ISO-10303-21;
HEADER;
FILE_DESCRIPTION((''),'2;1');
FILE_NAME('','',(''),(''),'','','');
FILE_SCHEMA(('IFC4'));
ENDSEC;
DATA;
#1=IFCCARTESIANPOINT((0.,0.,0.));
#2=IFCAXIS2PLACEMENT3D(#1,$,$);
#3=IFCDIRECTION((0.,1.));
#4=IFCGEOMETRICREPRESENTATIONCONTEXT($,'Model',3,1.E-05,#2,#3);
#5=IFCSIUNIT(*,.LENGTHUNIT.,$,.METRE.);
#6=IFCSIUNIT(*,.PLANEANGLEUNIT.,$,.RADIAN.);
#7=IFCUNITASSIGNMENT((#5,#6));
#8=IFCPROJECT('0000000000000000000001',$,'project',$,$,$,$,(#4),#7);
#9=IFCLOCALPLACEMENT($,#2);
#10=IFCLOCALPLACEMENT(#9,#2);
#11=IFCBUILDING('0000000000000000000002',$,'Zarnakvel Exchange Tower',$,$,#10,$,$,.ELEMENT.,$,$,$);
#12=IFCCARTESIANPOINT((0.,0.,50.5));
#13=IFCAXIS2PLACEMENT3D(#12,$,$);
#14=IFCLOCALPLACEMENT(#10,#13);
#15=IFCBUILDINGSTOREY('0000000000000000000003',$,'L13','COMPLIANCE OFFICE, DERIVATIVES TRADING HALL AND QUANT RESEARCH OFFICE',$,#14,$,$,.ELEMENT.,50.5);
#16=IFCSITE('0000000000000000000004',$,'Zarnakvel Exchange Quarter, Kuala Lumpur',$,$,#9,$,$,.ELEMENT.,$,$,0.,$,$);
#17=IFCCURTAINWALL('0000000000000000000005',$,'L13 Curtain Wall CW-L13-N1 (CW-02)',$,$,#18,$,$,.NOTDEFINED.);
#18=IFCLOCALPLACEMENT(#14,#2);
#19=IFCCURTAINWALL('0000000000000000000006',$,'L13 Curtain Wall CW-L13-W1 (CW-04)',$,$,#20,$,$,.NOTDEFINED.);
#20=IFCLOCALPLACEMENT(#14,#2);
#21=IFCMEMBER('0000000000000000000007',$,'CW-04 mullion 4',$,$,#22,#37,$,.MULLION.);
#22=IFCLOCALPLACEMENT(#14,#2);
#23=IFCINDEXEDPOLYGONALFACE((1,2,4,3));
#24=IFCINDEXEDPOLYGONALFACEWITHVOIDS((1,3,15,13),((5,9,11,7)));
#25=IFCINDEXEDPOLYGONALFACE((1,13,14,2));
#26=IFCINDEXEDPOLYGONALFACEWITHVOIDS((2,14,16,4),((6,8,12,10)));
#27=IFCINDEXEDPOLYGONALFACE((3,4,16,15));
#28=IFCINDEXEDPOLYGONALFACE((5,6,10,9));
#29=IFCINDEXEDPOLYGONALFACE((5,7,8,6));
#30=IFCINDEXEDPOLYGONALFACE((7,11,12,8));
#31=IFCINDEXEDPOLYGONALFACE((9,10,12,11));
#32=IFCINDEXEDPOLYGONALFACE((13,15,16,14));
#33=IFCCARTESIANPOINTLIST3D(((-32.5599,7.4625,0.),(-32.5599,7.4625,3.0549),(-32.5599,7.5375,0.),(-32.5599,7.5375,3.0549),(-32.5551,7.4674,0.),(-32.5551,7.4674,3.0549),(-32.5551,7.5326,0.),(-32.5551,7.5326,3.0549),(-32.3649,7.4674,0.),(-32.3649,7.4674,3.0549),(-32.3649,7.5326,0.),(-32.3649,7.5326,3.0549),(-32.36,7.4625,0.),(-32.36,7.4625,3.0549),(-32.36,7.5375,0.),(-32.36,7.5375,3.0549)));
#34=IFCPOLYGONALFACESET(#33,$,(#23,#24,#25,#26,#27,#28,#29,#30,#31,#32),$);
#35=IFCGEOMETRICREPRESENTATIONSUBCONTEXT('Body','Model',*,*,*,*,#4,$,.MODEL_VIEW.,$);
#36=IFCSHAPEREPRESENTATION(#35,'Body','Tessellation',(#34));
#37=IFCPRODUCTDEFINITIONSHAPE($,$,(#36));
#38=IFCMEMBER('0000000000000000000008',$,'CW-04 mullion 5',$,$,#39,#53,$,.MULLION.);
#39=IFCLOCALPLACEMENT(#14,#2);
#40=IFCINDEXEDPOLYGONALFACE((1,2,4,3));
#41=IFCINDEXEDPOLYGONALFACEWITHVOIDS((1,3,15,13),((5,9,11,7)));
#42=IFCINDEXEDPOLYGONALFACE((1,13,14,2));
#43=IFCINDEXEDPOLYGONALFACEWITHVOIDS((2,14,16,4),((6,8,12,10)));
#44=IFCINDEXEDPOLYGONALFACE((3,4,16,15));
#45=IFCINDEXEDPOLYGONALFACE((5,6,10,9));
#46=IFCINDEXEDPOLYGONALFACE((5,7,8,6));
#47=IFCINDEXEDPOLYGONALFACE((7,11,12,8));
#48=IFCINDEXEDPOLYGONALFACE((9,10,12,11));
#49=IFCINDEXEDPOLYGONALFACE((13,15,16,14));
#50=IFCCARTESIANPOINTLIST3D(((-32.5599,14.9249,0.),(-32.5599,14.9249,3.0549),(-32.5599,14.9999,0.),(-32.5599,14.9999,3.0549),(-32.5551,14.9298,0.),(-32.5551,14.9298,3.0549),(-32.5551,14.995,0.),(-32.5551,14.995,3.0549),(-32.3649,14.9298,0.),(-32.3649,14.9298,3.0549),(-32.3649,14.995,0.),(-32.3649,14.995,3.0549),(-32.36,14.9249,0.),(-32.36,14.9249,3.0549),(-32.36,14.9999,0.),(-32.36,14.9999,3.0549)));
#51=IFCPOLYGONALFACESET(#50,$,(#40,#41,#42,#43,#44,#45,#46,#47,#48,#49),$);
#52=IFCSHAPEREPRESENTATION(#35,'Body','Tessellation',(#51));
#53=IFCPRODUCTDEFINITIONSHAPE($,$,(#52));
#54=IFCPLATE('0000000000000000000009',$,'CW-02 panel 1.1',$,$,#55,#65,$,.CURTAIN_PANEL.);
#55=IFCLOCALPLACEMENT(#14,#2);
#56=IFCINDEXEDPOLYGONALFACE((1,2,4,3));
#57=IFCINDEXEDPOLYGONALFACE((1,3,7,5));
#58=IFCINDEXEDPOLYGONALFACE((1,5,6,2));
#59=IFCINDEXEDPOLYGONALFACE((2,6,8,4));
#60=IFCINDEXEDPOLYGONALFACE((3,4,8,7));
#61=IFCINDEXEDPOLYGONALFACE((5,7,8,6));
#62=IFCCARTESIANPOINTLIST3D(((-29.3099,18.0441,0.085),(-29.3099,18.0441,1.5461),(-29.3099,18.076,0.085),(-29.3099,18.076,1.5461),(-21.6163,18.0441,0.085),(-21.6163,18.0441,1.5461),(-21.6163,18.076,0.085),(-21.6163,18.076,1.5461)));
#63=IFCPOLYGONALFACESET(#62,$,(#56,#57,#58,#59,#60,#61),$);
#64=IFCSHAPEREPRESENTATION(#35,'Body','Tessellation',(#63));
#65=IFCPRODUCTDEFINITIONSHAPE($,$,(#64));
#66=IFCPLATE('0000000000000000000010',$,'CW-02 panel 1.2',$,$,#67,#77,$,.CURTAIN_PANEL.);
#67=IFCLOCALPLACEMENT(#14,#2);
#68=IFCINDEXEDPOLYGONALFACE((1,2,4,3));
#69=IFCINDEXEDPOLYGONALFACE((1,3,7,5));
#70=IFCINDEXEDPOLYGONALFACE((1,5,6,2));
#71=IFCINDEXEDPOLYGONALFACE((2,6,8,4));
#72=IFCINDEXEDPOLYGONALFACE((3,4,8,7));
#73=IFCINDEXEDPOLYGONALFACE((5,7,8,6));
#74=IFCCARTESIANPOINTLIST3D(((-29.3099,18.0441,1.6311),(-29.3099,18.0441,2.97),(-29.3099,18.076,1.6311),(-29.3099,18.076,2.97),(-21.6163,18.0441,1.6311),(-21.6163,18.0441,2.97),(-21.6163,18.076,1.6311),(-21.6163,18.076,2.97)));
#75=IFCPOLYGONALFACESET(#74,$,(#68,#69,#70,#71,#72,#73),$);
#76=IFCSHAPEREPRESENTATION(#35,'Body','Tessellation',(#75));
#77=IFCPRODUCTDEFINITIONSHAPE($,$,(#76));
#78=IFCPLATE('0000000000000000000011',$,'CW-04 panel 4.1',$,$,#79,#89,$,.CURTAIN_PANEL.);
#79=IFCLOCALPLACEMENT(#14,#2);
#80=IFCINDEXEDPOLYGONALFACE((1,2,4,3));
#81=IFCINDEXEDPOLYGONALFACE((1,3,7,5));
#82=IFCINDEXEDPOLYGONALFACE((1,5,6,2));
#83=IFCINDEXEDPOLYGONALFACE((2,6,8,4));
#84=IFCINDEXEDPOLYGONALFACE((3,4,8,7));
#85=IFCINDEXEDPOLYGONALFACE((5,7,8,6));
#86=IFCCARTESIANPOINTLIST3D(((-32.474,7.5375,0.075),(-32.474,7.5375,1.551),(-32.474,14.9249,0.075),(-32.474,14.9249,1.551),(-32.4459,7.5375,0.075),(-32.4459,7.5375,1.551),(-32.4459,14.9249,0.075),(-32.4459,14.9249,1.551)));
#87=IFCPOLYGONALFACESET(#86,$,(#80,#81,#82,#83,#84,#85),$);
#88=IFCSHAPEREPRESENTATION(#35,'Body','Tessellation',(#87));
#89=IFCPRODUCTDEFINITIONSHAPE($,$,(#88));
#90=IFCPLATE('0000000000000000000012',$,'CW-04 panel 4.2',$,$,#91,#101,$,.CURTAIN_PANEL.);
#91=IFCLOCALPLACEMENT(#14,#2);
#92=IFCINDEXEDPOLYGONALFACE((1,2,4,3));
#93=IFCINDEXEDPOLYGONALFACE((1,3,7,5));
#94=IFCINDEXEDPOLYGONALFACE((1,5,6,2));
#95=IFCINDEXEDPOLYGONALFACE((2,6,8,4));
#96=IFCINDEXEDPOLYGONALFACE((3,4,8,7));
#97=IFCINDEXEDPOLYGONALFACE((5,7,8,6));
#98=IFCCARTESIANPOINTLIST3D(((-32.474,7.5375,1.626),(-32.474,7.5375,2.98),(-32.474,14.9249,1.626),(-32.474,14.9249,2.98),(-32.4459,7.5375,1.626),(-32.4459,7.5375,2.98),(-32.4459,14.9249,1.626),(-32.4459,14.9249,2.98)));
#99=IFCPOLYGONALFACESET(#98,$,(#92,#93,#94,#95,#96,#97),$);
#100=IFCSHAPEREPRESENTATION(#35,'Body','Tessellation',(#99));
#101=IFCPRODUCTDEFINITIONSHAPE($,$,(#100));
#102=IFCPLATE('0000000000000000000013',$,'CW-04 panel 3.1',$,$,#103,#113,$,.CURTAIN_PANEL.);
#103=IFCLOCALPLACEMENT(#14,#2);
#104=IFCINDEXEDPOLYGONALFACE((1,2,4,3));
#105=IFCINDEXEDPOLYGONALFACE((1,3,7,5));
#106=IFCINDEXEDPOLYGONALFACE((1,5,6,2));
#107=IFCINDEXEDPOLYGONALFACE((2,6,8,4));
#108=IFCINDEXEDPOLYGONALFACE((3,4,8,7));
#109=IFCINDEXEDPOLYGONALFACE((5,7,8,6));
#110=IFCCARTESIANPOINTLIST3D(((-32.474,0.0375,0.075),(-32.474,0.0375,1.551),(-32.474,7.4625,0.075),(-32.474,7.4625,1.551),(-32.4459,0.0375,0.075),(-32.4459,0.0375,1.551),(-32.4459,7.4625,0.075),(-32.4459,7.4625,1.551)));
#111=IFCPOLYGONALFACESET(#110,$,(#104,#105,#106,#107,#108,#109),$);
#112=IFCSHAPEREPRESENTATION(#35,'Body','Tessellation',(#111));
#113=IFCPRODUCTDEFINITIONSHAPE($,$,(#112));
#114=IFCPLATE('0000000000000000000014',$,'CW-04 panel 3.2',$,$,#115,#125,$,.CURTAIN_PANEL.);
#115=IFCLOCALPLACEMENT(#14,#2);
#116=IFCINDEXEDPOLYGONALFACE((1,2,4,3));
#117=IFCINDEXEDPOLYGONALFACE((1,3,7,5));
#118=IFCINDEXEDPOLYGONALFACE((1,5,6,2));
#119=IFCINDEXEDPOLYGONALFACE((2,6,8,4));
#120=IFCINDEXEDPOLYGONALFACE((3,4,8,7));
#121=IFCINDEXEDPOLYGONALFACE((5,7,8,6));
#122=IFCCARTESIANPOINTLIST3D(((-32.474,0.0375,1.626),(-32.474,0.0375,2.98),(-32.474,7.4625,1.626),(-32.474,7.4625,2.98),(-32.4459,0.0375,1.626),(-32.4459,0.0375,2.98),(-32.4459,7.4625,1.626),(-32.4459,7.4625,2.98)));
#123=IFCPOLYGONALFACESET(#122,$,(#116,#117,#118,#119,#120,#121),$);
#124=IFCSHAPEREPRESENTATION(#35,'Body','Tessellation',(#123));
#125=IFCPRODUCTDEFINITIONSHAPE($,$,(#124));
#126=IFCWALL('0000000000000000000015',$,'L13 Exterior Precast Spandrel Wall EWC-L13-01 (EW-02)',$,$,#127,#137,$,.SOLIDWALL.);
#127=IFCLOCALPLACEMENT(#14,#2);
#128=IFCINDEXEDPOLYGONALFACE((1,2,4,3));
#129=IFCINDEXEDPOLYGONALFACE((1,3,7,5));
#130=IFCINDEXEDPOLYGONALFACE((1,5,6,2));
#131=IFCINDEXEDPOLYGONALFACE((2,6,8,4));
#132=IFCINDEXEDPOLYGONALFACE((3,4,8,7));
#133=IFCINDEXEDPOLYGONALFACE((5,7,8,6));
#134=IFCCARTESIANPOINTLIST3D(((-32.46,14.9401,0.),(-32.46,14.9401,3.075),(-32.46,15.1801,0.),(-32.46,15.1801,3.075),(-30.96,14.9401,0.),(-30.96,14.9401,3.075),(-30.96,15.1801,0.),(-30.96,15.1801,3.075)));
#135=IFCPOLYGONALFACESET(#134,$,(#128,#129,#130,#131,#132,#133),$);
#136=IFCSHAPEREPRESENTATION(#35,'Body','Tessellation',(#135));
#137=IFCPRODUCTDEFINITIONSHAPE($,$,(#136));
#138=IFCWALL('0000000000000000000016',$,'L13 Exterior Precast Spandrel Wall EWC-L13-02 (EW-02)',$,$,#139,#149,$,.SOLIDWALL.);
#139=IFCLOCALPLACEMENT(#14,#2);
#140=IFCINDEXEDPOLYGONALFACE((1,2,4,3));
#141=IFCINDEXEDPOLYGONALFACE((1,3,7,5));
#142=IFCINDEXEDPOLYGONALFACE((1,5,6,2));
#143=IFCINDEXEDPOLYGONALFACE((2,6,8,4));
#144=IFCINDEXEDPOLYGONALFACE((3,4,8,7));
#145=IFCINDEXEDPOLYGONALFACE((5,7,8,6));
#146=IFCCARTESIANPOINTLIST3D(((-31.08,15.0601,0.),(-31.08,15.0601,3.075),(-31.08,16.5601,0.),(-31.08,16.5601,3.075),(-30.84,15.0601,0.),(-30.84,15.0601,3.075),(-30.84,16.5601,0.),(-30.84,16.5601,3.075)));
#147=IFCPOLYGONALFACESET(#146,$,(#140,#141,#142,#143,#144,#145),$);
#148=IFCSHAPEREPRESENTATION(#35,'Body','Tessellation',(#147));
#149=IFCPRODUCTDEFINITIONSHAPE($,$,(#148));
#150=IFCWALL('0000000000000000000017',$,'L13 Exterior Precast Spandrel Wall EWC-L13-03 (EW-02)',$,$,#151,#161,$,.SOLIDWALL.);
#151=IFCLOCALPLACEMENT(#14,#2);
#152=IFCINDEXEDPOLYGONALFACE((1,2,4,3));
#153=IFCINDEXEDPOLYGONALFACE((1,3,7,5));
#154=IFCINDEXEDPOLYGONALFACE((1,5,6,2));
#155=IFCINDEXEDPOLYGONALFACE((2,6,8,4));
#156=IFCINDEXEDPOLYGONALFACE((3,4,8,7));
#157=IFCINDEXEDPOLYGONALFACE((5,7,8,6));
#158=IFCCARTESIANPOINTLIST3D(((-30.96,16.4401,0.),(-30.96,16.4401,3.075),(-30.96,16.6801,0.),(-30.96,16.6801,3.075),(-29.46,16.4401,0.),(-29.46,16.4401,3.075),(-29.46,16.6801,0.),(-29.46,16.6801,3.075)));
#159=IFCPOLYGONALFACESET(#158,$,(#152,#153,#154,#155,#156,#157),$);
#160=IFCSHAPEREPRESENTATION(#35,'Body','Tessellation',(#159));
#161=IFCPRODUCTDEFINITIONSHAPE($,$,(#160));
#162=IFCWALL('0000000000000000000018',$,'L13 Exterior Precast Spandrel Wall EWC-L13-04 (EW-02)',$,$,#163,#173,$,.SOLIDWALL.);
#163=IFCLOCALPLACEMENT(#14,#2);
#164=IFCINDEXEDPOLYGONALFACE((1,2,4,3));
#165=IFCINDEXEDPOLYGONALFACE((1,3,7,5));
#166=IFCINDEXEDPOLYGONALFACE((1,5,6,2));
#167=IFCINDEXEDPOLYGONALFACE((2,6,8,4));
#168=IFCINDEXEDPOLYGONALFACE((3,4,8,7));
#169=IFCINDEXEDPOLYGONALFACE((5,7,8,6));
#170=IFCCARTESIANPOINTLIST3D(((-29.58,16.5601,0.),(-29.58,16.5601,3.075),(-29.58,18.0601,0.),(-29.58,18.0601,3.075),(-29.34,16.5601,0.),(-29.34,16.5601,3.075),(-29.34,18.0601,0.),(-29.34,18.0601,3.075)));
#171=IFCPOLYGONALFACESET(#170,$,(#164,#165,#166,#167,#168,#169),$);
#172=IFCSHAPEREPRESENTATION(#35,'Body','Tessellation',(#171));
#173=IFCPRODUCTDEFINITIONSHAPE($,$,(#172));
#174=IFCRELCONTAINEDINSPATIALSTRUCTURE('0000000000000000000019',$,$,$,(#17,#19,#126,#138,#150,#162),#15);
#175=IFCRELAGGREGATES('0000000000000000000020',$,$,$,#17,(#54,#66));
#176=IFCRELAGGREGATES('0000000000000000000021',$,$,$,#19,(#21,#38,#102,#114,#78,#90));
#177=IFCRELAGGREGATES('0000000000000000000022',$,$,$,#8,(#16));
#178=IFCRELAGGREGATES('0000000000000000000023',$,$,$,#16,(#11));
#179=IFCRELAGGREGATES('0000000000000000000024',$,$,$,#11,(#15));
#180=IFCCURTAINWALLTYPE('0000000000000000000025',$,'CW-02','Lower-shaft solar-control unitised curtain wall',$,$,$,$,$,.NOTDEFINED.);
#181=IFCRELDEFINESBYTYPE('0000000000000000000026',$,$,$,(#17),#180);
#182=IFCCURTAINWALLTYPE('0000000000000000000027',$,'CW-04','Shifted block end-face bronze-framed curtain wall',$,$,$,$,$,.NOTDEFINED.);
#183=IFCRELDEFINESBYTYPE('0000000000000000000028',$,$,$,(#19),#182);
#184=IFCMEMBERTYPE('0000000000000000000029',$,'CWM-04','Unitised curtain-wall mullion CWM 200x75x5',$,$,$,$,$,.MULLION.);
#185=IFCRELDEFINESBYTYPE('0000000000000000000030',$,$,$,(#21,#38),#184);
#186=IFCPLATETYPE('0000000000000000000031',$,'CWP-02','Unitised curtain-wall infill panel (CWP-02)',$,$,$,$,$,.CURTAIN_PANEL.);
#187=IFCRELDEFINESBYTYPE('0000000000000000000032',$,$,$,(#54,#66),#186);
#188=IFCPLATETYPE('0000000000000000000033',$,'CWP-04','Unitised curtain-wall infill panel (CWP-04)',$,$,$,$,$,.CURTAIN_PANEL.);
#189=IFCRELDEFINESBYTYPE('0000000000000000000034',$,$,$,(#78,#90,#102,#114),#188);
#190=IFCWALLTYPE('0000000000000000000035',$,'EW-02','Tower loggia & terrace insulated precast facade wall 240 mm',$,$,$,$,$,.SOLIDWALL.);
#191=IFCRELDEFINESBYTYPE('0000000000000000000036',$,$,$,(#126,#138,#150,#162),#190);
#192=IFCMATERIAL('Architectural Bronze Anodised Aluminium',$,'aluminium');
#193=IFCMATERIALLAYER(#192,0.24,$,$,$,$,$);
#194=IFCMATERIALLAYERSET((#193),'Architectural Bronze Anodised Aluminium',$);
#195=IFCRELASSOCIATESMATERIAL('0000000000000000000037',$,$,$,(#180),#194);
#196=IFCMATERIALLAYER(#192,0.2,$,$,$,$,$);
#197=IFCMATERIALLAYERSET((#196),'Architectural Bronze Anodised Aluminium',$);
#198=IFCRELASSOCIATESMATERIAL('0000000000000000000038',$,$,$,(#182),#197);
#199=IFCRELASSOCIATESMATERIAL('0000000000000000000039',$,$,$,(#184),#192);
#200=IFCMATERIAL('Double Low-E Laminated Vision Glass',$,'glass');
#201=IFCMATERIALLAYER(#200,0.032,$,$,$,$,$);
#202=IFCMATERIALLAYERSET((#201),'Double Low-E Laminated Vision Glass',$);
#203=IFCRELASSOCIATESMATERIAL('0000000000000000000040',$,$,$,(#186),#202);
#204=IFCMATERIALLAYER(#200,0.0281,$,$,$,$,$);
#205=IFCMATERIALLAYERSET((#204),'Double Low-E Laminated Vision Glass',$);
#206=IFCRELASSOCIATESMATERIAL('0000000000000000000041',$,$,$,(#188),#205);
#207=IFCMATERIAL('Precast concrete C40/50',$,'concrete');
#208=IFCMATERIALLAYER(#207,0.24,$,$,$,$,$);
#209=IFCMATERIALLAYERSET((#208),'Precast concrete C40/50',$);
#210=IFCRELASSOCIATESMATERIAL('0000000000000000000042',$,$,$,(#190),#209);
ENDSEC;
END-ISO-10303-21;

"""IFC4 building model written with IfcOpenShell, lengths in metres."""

from ifc_helpers import new_model, si_unit, direction, frame, frame_2d, origin, origin_2d, place, context, subcontext, project, spatial, rectangle, hollow_rectangle, extrude, source, transform, mapped, material, layer, layer_set, material_profile, profile_set, type_object, element, aggregate, save


model = new_model("IFC4")

# Units and contexts
model_context = context("Model", 3, precision=1e-05, world=origin(), true_north=direction((0.0, 1.0)))
body_context = subcontext(model_context, "Body", "Model", "MODEL_VIEW")
ifc_project = project(units=[si_unit("LENGTHUNIT", "METRE"), si_unit("PLANEANGLEUNIT", "RADIAN")], contexts=[model_context])

# Site, building, storey
site_placement = place(None, origin())
site = spatial("IfcSite", under=ifc_project, at=site_placement, Name="Zarnakvel Exchange Quarter, Kuala Lumpur", CompositionType="ELEMENT", RefElevation=0.0)
building_placement = place(site_placement, origin())
building = spatial("IfcBuilding", under=site, at=building_placement, Name="Zarnakvel Exchange Tower", CompositionType="ELEMENT")
storey_placement = place(building_placement, frame((0.0, 0.0, 50.5)))
storey = spatial("IfcBuildingStorey", under=building, at=storey_placement, Name="L13", Description="COMPLIANCE OFFICE, DERIVATIVES TRADING HALL AND QUANT RESEARCH OFFICE", CompositionType="ELEMENT", Elevation=50.5)

# Curtain walls
ifc_material_1 = material(Name="Architectural Bronze Anodised Aluminium", Category="aluminium")
ifc_layer_1 = layer(ifc_material_1, 0.24)
ifc_layer_set_1 = layer_set([ifc_layer_1], Name="Architectural Bronze Anodised Aluminium")
curtain_wall_type_1 = type_object("IfcCurtainWallType", Name="CW-02", Description="Lower-shaft solar-control unitised curtain wall", PredefinedType="NOTDEFINED", material=ifc_layer_set_1)
curtain_wall_1_placement = place(storey_placement, origin())
curtain_wall_1 = element("IfcCurtainWall", 1, at=curtain_wall_1_placement, inside=storey, type_object=curtain_wall_type_1, Name="L13 Curtain Wall CW-L13-N1 (CW-02)", PredefinedType="NOTDEFINED")
ifc_layer_2 = layer(ifc_material_1, 0.2)
ifc_layer_set_2 = layer_set([ifc_layer_2], Name="Architectural Bronze Anodised Aluminium")
curtain_wall_type_2 = type_object("IfcCurtainWallType", Name="CW-04", Description="Shifted block end-face bronze-framed curtain wall", PredefinedType="NOTDEFINED", material=ifc_layer_set_2)
curtain_wall_2_placement = place(storey_placement, origin())
curtain_wall_2 = element("IfcCurtainWall", 2, at=curtain_wall_2_placement, inside=storey, type_object=curtain_wall_type_2, Name="L13 Curtain Wall CW-L13-W1 (CW-04)", PredefinedType="NOTDEFINED")

# Members
ifc_material_profile_1 = material_profile(ifc_material_1, hollow_rectangle(XDim=0.2, YDim=0.075, WallThickness=0.0049, at=origin_2d()))
ifc_profile_set_1 = profile_set([ifc_material_profile_1], Name="Architectural Bronze Anodised Aluminium")
member_type_1 = type_object("IfcMemberType", Name="CWM-04", Description="Unitised curtain-wall mullion CWM 200x75x5", PredefinedType="MULLION", material=ifc_profile_set_1)
shared_shape_1 = source(origin(), body_context, "Body", "SweptSolid", [
    extrude(hollow_rectangle(XDim=0.2, YDim=0.075, WallThickness=0.0049, at=origin_2d()), origin(), (0.0, 0.0, 1.0), 3.0549),
])
member_1_placement = place(storey_placement, frame((-32.46, 7.5, 0.0), z_axis=(0.0, 0.0, 1.0), x_axis=(-1.0, 0.0, 0.0)))
member_1 = element("IfcMember", 3, at=member_1_placement, type_object=member_type_1, Name="CW-04 mullion 4", PredefinedType="MULLION", context=body_context, shape_type="MappedRepresentation", body=[
    mapped(shared_shape_1, transform((0.0, 0.0, 0.0), x_axis=(1.0, 0.0, 0.0), y_axis=(0.0, 1.0, 0.0), z_axis=(0.0, 0.0, 1.0), scale=1.0)),
])
member_2_placement = place(storey_placement, frame((-32.46, 14.9624, 0.0), z_axis=(0.0, 0.0, 1.0), x_axis=(-1.0, 0.0, 0.0)))
member_2 = element("IfcMember", 4, at=member_2_placement, type_object=member_type_1, Name="CW-04 mullion 5", PredefinedType="MULLION", context=body_context, shape_type="MappedRepresentation", body=[
    mapped(shared_shape_1, transform((0.0, 0.0, 0.0), x_axis=(1.0, 0.0, 0.0), y_axis=(0.0, 1.0, 0.0), z_axis=(0.0, 0.0, 1.0), scale=1.0)),
])

# Plates
ifc_material_2 = material(Name="Double Low-E Laminated Vision Glass", Category="glass")
ifc_layer_3 = layer(ifc_material_2, 0.032)
ifc_layer_set_3 = layer_set([ifc_layer_3], Name="Double Low-E Laminated Vision Glass")
plate_type_1 = type_object("IfcPlateType", Name="CWP-02", Description="Unitised curtain-wall infill panel (CWP-02)", PredefinedType="CURTAIN_PANEL", material=ifc_layer_set_3)
shared_shape_2 = source(origin(), body_context, "Body", "SweptSolid", [
    extrude(rectangle(XDim=7.6936, YDim=0.032, at=origin_2d()), origin(), (0.0, 0.0, 1.0), 1.4612),
])
plate_1_placement = place(storey_placement, frame((-25.4631, 18.0601, 0.085), z_axis=(0.0, 0.0, 1.0), x_axis=(1.0, 0.0, 0.0)))
plate_1 = element("IfcPlate", 5, at=plate_1_placement, type_object=plate_type_1, Name="CW-02 panel 1.1", PredefinedType="CURTAIN_PANEL", context=body_context, shape_type="MappedRepresentation", body=[
    mapped(shared_shape_2, transform((0.0, 0.0, 0.0), x_axis=(1.0, 0.0, 0.0), y_axis=(0.0, 1.0, 0.0), z_axis=(0.0, 0.0, 1.0), scale=1.0)),
])
shared_shape_3 = source(origin(), body_context, "Body", "SweptSolid", [
    extrude(rectangle(XDim=7.6936, YDim=0.032, at=origin_2d()), origin(), (0.0, 0.0, 1.0), 1.3389),
])
plate_2_placement = place(storey_placement, frame((-25.4631, 18.0601, 1.6311), z_axis=(0.0, 0.0, 1.0), x_axis=(1.0, 0.0, 0.0)))
plate_2 = element("IfcPlate", 6, at=plate_2_placement, type_object=plate_type_1, Name="CW-02 panel 1.2", PredefinedType="CURTAIN_PANEL", context=body_context, shape_type="MappedRepresentation", body=[
    mapped(shared_shape_3, transform((0.0, 0.0, 0.0), x_axis=(1.0, 0.0, 0.0), y_axis=(0.0, 1.0, 0.0), z_axis=(0.0, 0.0, 1.0), scale=1.0)),
])
aggregate(curtain_wall_1, [plate_1, plate_2])
ifc_layer_4 = layer(ifc_material_2, 0.0281)
ifc_layer_set_4 = layer_set([ifc_layer_4], Name="Double Low-E Laminated Vision Glass")
plate_type_2 = type_object("IfcPlateType", Name="CWP-04", Description="Unitised curtain-wall infill panel (CWP-04)", PredefinedType="CURTAIN_PANEL", material=ifc_layer_set_4)
shared_shape_4 = source(origin(), body_context, "Body", "SweptSolid", [
    extrude(rectangle(XDim=7.3875, YDim=0.0281, at=origin_2d()), origin(), (0.0, 0.0, 1.0), 1.4761),
])
plate_3_placement = place(storey_placement, frame((-32.46, 11.2312, 0.075), z_axis=(0.0, 0.0, 1.0), x_axis=(0.0, 1.0, 0.0)))
plate_3 = element("IfcPlate", 7, at=plate_3_placement, type_object=plate_type_2, Name="CW-04 panel 4.1", PredefinedType="CURTAIN_PANEL", context=body_context, shape_type="MappedRepresentation", body=[
    mapped(shared_shape_4, transform((0.0, 0.0, 0.0), x_axis=(1.0, 0.0, 0.0), y_axis=(0.0, 1.0, 0.0), z_axis=(0.0, 0.0, 1.0), scale=1.0)),
])
shared_shape_5 = source(origin(), body_context, "Body", "SweptSolid", [
    extrude(rectangle(XDim=7.3875, YDim=0.0281, at=origin_2d()), origin(), (0.0, 0.0, 1.0), 1.354),
])
plate_4_placement = place(storey_placement, frame((-32.46, 11.2312, 1.626), z_axis=(0.0, 0.0, 1.0), x_axis=(0.0, 1.0, 0.0)))
plate_4 = element("IfcPlate", 8, at=plate_4_placement, type_object=plate_type_2, Name="CW-04 panel 4.2", PredefinedType="CURTAIN_PANEL", context=body_context, shape_type="MappedRepresentation", body=[
    mapped(shared_shape_5, transform((0.0, 0.0, 0.0), x_axis=(1.0, 0.0, 0.0), y_axis=(0.0, 1.0, 0.0), z_axis=(0.0, 0.0, 1.0), scale=1.0)),
])
shared_shape_6 = source(origin(), body_context, "Body", "SweptSolid", [
    extrude(rectangle(XDim=7.425, YDim=0.0281, at=origin_2d()), origin(), (0.0, 0.0, 1.0), 1.4761),
])
plate_5_placement = place(storey_placement, frame((-32.46, 3.75, 0.075), z_axis=(0.0, 0.0, 1.0), x_axis=(0.0, 1.0, 0.0)))
plate_5 = element("IfcPlate", 9, at=plate_5_placement, type_object=plate_type_2, Name="CW-04 panel 3.1", PredefinedType="CURTAIN_PANEL", context=body_context, shape_type="MappedRepresentation", body=[
    mapped(shared_shape_6, transform((0.0, 0.0, 0.0), x_axis=(1.0, 0.0, 0.0), y_axis=(0.0, 1.0, 0.0), z_axis=(0.0, 0.0, 1.0), scale=1.0)),
])
shared_shape_7 = source(origin(), body_context, "Body", "SweptSolid", [
    extrude(rectangle(XDim=7.425, YDim=0.0281, at=origin_2d()), origin(), (0.0, 0.0, 1.0), 1.354),
])
plate_6_placement = place(storey_placement, frame((-32.46, 3.75, 1.626), z_axis=(0.0, 0.0, 1.0), x_axis=(0.0, 1.0, 0.0)))
plate_6 = element("IfcPlate", 10, at=plate_6_placement, type_object=plate_type_2, Name="CW-04 panel 3.2", PredefinedType="CURTAIN_PANEL", context=body_context, shape_type="MappedRepresentation", body=[
    mapped(shared_shape_7, transform((0.0, 0.0, 0.0), x_axis=(1.0, 0.0, 0.0), y_axis=(0.0, 1.0, 0.0), z_axis=(0.0, 0.0, 1.0), scale=1.0)),
])
aggregate(curtain_wall_2, [member_1, member_2, plate_5, plate_6, plate_3, plate_4])

# Walls
ifc_material_3 = material(Name="Precast concrete C40/50", Category="concrete")
ifc_layer_5 = layer(ifc_material_3, 0.24)
ifc_layer_set_5 = layer_set([ifc_layer_5], Name="Precast concrete C40/50")
wall_type_1 = type_object("IfcWallType", Name="EW-02", Description="Tower loggia & terrace insulated precast facade wall 240 mm", PredefinedType="SOLIDWALL", material=ifc_layer_set_5)
for number, where, z_axis, x_axis, name in (
    (11, (-30.96, 15.0601, 0.0), (0.0, 0.0, 1.0), (-1.0, 0.0, 0.0), "L13 Exterior Precast Spandrel Wall EWC-L13-01 (EW-02)"),
    (12, (-30.96, 16.5601, 0.0), (0.0, 0.0, 1.0), (0.0, -1.0, 0.0), "L13 Exterior Precast Spandrel Wall EWC-L13-02 (EW-02)"),
    (13, (-29.46, 16.5601, 0.0), (0.0, 0.0, 1.0), (-1.0, 0.0, 0.0), "L13 Exterior Precast Spandrel Wall EWC-L13-03 (EW-02)"),
    (14, (-29.46, 18.0601, 0.0), (0.0, 0.0, 1.0), (0.0, -1.0, 0.0), "L13 Exterior Precast Spandrel Wall EWC-L13-04 (EW-02)"),
):
    element("IfcWall", number, at=place(storey_placement, frame(where, z_axis=z_axis, x_axis=x_axis)), inside=storey, type_object=wall_type_1, Name=name, PredefinedType="SOLIDWALL", context=body_context, shape_type="SweptSolid", body=[
        extrude(rectangle(XDim=1.5, YDim=0.24, at=frame_2d((0.75, 0.0))), origin(), (0.0, 0.0, 1.0), 3.075),
    ])

save(model, "model.ifc")
